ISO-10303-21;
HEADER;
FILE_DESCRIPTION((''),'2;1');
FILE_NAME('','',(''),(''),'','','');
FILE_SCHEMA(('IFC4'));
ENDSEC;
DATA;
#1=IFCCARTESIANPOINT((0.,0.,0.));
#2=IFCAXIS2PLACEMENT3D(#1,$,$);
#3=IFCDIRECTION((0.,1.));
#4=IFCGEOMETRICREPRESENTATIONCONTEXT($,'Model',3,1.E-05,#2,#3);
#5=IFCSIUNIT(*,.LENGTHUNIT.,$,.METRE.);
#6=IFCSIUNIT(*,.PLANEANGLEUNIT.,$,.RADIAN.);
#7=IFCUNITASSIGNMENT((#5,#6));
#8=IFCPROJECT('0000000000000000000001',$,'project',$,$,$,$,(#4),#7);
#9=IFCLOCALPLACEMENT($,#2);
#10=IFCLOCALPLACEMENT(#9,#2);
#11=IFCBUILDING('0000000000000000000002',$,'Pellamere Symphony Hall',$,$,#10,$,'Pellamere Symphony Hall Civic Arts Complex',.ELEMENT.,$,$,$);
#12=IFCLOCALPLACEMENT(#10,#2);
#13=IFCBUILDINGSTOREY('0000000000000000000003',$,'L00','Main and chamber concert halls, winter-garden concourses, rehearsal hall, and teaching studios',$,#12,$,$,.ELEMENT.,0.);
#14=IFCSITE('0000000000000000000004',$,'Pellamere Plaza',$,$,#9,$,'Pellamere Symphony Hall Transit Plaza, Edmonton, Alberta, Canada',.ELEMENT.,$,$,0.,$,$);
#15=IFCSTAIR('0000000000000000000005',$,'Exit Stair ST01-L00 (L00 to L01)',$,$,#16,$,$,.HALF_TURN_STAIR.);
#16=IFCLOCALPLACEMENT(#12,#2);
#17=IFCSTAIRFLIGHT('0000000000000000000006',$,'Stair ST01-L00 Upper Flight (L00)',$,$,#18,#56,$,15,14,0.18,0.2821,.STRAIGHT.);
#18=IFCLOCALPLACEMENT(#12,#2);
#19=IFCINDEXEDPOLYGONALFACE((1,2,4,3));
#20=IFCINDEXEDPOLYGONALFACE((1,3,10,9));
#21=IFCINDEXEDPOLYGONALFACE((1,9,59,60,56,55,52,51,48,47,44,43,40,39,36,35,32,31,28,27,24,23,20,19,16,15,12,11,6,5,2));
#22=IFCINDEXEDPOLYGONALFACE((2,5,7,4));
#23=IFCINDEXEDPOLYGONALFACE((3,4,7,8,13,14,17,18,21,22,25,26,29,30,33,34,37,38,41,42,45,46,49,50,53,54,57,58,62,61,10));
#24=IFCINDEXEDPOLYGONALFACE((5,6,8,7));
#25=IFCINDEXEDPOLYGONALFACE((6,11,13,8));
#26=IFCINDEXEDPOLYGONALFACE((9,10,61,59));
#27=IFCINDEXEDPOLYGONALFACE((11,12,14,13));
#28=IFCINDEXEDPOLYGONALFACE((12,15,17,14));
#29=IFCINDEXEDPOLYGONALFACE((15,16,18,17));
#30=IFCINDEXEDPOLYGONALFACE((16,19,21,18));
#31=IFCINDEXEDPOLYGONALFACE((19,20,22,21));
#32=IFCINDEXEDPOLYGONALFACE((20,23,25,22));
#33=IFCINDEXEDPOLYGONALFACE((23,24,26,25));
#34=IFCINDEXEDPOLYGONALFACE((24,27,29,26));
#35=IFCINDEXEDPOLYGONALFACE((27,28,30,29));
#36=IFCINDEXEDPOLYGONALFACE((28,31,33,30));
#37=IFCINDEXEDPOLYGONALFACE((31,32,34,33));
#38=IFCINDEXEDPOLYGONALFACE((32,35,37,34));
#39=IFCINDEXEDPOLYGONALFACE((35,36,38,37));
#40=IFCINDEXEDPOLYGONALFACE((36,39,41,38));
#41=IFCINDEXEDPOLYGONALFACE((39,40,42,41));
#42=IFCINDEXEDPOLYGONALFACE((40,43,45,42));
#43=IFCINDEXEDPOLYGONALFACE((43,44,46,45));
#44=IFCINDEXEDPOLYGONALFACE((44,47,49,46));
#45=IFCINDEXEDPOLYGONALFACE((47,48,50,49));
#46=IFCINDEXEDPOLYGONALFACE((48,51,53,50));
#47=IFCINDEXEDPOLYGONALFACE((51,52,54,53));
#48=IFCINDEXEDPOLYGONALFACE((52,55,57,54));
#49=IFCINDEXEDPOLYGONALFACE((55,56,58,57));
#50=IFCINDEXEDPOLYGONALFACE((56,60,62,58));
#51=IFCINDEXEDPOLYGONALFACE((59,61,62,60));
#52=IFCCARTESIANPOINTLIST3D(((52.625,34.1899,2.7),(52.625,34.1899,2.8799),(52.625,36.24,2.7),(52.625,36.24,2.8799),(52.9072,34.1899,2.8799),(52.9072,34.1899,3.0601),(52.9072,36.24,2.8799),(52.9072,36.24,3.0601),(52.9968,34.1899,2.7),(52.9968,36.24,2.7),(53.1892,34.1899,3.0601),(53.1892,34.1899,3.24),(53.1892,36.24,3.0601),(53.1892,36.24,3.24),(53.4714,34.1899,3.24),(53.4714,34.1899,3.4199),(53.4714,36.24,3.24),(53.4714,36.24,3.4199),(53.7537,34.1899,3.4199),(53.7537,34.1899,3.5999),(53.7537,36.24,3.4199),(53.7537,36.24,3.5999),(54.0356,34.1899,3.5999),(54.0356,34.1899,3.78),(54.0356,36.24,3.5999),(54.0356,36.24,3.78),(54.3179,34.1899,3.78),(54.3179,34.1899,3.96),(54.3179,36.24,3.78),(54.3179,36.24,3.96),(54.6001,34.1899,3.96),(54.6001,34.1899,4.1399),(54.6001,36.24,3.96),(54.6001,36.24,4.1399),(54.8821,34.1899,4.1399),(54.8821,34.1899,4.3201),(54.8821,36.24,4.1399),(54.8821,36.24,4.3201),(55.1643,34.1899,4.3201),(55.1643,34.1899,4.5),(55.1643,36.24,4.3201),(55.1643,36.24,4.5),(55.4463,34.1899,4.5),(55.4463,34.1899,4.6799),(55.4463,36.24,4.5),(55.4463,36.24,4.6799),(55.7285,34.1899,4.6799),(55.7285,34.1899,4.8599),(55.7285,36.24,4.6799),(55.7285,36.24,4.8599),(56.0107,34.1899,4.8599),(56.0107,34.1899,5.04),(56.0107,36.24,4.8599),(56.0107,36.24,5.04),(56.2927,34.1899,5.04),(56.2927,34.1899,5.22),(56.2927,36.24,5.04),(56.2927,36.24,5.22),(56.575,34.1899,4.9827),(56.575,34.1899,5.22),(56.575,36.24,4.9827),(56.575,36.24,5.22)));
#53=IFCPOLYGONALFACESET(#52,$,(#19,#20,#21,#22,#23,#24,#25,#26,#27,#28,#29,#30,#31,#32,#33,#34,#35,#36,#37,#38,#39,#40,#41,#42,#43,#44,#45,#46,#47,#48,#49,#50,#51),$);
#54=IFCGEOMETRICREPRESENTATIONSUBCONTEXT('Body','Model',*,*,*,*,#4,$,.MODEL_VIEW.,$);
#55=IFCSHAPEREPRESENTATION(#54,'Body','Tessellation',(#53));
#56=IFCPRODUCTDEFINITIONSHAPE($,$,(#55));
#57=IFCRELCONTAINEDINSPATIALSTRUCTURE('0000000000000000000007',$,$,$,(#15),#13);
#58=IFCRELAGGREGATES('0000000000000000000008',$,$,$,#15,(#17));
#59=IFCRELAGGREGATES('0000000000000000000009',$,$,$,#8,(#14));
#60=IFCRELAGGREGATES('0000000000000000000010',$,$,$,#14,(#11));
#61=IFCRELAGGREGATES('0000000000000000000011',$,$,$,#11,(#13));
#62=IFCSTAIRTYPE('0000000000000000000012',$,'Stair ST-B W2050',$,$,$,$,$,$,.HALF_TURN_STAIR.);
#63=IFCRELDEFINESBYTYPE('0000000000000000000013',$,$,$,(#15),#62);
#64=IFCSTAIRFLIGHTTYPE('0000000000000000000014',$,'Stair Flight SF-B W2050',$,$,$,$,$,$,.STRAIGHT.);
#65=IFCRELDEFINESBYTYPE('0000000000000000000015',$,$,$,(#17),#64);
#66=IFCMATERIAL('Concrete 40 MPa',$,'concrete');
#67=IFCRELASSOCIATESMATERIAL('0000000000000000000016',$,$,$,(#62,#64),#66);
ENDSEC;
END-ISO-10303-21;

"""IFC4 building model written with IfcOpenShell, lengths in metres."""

from ifc_helpers import new_model, si_unit, direction, frame, origin, place, context, subcontext, project, spatial, polyline, outline, extrude, material, type_object, element, aggregate, save


model = new_model("IFC4")

# Units and contexts
model_context = context("Model", 3, precision=1e-05, world=origin(), true_north=direction((0.0, 1.0)))
body_context = subcontext(model_context, "Body", "Model", "MODEL_VIEW")
ifc_project = project(units=[si_unit("LENGTHUNIT", "METRE"), si_unit("PLANEANGLEUNIT", "RADIAN")], contexts=[model_context])

# Site, building, storey
site_placement = place(None, origin())
site = spatial("IfcSite", under=ifc_project, at=site_placement, Name="Pellamere Plaza", LongName="Pellamere Symphony Hall Transit Plaza, Edmonton, Alberta, Canada", CompositionType="ELEMENT", RefElevation=0.0)
building_placement = place(site_placement, origin())
building = spatial("IfcBuilding", under=site, at=building_placement, Name="Pellamere Symphony Hall", LongName="Pellamere Symphony Hall Civic Arts Complex", CompositionType="ELEMENT")
storey_placement = place(building_placement, origin())
storey = spatial("IfcBuildingStorey", under=building, at=storey_placement, Name="L00", Description="Main and chamber concert halls, winter-garden concourses, rehearsal hall, and teaching studios", CompositionType="ELEMENT", Elevation=0.0)

# Shared definitions
ifc_material_1 = material(Name="Concrete 40 MPa", Category="concrete")

# Stair, stair flight
stair_type = type_object("IfcStairType", Name="Stair ST-B W2050", PredefinedType="HALF_TURN_STAIR", material=ifc_material_1)
stair_placement = place(storey_placement, origin())
stair = element("IfcStair", 1, at=stair_placement, inside=storey, type_object=stair_type, Name="Exit Stair ST01-L00 (L00 to L01)", PredefinedType="HALF_TURN_STAIR")
stair_flight_type = type_object("IfcStairFlightType", Name="Stair Flight SF-B W2050", PredefinedType="STRAIGHT", material=ifc_material_1)
stair_flight_1_placement = place(storey_placement, frame((52.625, 35.2151, 2.7), z_axis=(0.0, 0.0, 1.0), x_axis=(1.0, 0.0, 0.0)))
stair_flight_1 = element("IfcStairFlight", 2, at=stair_flight_1_placement, type_object=stair_flight_type, Name="Stair ST01-L00 Upper Flight (L00)", NumberOfRisers=15, NumberOfTreads=14, PredefinedType="STRAIGHT", RiserHeight=0.18, TreadLength=0.2821, context=body_context, shape_type="SweptSolid", body=[
    extrude(outline(polyline([(0.0, 0.0), (0.0, 0.1799), (0.2822, 0.1799), (0.2822, 0.3601), (0.5642, 0.3601), (0.5642, 0.54), (0.8464, 0.54), (0.8464, 0.72), (1.1287, 0.72), (1.1287, 0.8999), (1.4106, 0.8999), (1.4106, 1.0801), (1.6929, 1.0801), (1.6929, 1.26), (1.9751, 1.26), (1.9751, 1.4399), (2.2571, 1.4399), (2.2571, 1.6201), (2.5393, 1.6201), (2.5393, 1.8), (2.8213, 1.8), (2.8213, 1.98), (3.1035, 1.98), (3.1035, 2.1599), (3.3857, 2.1599), (3.3857, 2.3401), (3.6677, 2.3401), (3.6677, 2.52), (3.95, 2.52), (3.95, 2.7), (3.95, 2.2827), (0.3718, 0.0), (0.0, 0.0)])), frame((0.0, 1.0249, 0.0), z_axis=(0.0, -1.0, 0.0), x_axis=(1.0, 0.0, 0.0)), (0.0, 0.0, 1.0), 2.05),
])
aggregate(stair, [stair_flight_1])

save(model, "model.ifc")
